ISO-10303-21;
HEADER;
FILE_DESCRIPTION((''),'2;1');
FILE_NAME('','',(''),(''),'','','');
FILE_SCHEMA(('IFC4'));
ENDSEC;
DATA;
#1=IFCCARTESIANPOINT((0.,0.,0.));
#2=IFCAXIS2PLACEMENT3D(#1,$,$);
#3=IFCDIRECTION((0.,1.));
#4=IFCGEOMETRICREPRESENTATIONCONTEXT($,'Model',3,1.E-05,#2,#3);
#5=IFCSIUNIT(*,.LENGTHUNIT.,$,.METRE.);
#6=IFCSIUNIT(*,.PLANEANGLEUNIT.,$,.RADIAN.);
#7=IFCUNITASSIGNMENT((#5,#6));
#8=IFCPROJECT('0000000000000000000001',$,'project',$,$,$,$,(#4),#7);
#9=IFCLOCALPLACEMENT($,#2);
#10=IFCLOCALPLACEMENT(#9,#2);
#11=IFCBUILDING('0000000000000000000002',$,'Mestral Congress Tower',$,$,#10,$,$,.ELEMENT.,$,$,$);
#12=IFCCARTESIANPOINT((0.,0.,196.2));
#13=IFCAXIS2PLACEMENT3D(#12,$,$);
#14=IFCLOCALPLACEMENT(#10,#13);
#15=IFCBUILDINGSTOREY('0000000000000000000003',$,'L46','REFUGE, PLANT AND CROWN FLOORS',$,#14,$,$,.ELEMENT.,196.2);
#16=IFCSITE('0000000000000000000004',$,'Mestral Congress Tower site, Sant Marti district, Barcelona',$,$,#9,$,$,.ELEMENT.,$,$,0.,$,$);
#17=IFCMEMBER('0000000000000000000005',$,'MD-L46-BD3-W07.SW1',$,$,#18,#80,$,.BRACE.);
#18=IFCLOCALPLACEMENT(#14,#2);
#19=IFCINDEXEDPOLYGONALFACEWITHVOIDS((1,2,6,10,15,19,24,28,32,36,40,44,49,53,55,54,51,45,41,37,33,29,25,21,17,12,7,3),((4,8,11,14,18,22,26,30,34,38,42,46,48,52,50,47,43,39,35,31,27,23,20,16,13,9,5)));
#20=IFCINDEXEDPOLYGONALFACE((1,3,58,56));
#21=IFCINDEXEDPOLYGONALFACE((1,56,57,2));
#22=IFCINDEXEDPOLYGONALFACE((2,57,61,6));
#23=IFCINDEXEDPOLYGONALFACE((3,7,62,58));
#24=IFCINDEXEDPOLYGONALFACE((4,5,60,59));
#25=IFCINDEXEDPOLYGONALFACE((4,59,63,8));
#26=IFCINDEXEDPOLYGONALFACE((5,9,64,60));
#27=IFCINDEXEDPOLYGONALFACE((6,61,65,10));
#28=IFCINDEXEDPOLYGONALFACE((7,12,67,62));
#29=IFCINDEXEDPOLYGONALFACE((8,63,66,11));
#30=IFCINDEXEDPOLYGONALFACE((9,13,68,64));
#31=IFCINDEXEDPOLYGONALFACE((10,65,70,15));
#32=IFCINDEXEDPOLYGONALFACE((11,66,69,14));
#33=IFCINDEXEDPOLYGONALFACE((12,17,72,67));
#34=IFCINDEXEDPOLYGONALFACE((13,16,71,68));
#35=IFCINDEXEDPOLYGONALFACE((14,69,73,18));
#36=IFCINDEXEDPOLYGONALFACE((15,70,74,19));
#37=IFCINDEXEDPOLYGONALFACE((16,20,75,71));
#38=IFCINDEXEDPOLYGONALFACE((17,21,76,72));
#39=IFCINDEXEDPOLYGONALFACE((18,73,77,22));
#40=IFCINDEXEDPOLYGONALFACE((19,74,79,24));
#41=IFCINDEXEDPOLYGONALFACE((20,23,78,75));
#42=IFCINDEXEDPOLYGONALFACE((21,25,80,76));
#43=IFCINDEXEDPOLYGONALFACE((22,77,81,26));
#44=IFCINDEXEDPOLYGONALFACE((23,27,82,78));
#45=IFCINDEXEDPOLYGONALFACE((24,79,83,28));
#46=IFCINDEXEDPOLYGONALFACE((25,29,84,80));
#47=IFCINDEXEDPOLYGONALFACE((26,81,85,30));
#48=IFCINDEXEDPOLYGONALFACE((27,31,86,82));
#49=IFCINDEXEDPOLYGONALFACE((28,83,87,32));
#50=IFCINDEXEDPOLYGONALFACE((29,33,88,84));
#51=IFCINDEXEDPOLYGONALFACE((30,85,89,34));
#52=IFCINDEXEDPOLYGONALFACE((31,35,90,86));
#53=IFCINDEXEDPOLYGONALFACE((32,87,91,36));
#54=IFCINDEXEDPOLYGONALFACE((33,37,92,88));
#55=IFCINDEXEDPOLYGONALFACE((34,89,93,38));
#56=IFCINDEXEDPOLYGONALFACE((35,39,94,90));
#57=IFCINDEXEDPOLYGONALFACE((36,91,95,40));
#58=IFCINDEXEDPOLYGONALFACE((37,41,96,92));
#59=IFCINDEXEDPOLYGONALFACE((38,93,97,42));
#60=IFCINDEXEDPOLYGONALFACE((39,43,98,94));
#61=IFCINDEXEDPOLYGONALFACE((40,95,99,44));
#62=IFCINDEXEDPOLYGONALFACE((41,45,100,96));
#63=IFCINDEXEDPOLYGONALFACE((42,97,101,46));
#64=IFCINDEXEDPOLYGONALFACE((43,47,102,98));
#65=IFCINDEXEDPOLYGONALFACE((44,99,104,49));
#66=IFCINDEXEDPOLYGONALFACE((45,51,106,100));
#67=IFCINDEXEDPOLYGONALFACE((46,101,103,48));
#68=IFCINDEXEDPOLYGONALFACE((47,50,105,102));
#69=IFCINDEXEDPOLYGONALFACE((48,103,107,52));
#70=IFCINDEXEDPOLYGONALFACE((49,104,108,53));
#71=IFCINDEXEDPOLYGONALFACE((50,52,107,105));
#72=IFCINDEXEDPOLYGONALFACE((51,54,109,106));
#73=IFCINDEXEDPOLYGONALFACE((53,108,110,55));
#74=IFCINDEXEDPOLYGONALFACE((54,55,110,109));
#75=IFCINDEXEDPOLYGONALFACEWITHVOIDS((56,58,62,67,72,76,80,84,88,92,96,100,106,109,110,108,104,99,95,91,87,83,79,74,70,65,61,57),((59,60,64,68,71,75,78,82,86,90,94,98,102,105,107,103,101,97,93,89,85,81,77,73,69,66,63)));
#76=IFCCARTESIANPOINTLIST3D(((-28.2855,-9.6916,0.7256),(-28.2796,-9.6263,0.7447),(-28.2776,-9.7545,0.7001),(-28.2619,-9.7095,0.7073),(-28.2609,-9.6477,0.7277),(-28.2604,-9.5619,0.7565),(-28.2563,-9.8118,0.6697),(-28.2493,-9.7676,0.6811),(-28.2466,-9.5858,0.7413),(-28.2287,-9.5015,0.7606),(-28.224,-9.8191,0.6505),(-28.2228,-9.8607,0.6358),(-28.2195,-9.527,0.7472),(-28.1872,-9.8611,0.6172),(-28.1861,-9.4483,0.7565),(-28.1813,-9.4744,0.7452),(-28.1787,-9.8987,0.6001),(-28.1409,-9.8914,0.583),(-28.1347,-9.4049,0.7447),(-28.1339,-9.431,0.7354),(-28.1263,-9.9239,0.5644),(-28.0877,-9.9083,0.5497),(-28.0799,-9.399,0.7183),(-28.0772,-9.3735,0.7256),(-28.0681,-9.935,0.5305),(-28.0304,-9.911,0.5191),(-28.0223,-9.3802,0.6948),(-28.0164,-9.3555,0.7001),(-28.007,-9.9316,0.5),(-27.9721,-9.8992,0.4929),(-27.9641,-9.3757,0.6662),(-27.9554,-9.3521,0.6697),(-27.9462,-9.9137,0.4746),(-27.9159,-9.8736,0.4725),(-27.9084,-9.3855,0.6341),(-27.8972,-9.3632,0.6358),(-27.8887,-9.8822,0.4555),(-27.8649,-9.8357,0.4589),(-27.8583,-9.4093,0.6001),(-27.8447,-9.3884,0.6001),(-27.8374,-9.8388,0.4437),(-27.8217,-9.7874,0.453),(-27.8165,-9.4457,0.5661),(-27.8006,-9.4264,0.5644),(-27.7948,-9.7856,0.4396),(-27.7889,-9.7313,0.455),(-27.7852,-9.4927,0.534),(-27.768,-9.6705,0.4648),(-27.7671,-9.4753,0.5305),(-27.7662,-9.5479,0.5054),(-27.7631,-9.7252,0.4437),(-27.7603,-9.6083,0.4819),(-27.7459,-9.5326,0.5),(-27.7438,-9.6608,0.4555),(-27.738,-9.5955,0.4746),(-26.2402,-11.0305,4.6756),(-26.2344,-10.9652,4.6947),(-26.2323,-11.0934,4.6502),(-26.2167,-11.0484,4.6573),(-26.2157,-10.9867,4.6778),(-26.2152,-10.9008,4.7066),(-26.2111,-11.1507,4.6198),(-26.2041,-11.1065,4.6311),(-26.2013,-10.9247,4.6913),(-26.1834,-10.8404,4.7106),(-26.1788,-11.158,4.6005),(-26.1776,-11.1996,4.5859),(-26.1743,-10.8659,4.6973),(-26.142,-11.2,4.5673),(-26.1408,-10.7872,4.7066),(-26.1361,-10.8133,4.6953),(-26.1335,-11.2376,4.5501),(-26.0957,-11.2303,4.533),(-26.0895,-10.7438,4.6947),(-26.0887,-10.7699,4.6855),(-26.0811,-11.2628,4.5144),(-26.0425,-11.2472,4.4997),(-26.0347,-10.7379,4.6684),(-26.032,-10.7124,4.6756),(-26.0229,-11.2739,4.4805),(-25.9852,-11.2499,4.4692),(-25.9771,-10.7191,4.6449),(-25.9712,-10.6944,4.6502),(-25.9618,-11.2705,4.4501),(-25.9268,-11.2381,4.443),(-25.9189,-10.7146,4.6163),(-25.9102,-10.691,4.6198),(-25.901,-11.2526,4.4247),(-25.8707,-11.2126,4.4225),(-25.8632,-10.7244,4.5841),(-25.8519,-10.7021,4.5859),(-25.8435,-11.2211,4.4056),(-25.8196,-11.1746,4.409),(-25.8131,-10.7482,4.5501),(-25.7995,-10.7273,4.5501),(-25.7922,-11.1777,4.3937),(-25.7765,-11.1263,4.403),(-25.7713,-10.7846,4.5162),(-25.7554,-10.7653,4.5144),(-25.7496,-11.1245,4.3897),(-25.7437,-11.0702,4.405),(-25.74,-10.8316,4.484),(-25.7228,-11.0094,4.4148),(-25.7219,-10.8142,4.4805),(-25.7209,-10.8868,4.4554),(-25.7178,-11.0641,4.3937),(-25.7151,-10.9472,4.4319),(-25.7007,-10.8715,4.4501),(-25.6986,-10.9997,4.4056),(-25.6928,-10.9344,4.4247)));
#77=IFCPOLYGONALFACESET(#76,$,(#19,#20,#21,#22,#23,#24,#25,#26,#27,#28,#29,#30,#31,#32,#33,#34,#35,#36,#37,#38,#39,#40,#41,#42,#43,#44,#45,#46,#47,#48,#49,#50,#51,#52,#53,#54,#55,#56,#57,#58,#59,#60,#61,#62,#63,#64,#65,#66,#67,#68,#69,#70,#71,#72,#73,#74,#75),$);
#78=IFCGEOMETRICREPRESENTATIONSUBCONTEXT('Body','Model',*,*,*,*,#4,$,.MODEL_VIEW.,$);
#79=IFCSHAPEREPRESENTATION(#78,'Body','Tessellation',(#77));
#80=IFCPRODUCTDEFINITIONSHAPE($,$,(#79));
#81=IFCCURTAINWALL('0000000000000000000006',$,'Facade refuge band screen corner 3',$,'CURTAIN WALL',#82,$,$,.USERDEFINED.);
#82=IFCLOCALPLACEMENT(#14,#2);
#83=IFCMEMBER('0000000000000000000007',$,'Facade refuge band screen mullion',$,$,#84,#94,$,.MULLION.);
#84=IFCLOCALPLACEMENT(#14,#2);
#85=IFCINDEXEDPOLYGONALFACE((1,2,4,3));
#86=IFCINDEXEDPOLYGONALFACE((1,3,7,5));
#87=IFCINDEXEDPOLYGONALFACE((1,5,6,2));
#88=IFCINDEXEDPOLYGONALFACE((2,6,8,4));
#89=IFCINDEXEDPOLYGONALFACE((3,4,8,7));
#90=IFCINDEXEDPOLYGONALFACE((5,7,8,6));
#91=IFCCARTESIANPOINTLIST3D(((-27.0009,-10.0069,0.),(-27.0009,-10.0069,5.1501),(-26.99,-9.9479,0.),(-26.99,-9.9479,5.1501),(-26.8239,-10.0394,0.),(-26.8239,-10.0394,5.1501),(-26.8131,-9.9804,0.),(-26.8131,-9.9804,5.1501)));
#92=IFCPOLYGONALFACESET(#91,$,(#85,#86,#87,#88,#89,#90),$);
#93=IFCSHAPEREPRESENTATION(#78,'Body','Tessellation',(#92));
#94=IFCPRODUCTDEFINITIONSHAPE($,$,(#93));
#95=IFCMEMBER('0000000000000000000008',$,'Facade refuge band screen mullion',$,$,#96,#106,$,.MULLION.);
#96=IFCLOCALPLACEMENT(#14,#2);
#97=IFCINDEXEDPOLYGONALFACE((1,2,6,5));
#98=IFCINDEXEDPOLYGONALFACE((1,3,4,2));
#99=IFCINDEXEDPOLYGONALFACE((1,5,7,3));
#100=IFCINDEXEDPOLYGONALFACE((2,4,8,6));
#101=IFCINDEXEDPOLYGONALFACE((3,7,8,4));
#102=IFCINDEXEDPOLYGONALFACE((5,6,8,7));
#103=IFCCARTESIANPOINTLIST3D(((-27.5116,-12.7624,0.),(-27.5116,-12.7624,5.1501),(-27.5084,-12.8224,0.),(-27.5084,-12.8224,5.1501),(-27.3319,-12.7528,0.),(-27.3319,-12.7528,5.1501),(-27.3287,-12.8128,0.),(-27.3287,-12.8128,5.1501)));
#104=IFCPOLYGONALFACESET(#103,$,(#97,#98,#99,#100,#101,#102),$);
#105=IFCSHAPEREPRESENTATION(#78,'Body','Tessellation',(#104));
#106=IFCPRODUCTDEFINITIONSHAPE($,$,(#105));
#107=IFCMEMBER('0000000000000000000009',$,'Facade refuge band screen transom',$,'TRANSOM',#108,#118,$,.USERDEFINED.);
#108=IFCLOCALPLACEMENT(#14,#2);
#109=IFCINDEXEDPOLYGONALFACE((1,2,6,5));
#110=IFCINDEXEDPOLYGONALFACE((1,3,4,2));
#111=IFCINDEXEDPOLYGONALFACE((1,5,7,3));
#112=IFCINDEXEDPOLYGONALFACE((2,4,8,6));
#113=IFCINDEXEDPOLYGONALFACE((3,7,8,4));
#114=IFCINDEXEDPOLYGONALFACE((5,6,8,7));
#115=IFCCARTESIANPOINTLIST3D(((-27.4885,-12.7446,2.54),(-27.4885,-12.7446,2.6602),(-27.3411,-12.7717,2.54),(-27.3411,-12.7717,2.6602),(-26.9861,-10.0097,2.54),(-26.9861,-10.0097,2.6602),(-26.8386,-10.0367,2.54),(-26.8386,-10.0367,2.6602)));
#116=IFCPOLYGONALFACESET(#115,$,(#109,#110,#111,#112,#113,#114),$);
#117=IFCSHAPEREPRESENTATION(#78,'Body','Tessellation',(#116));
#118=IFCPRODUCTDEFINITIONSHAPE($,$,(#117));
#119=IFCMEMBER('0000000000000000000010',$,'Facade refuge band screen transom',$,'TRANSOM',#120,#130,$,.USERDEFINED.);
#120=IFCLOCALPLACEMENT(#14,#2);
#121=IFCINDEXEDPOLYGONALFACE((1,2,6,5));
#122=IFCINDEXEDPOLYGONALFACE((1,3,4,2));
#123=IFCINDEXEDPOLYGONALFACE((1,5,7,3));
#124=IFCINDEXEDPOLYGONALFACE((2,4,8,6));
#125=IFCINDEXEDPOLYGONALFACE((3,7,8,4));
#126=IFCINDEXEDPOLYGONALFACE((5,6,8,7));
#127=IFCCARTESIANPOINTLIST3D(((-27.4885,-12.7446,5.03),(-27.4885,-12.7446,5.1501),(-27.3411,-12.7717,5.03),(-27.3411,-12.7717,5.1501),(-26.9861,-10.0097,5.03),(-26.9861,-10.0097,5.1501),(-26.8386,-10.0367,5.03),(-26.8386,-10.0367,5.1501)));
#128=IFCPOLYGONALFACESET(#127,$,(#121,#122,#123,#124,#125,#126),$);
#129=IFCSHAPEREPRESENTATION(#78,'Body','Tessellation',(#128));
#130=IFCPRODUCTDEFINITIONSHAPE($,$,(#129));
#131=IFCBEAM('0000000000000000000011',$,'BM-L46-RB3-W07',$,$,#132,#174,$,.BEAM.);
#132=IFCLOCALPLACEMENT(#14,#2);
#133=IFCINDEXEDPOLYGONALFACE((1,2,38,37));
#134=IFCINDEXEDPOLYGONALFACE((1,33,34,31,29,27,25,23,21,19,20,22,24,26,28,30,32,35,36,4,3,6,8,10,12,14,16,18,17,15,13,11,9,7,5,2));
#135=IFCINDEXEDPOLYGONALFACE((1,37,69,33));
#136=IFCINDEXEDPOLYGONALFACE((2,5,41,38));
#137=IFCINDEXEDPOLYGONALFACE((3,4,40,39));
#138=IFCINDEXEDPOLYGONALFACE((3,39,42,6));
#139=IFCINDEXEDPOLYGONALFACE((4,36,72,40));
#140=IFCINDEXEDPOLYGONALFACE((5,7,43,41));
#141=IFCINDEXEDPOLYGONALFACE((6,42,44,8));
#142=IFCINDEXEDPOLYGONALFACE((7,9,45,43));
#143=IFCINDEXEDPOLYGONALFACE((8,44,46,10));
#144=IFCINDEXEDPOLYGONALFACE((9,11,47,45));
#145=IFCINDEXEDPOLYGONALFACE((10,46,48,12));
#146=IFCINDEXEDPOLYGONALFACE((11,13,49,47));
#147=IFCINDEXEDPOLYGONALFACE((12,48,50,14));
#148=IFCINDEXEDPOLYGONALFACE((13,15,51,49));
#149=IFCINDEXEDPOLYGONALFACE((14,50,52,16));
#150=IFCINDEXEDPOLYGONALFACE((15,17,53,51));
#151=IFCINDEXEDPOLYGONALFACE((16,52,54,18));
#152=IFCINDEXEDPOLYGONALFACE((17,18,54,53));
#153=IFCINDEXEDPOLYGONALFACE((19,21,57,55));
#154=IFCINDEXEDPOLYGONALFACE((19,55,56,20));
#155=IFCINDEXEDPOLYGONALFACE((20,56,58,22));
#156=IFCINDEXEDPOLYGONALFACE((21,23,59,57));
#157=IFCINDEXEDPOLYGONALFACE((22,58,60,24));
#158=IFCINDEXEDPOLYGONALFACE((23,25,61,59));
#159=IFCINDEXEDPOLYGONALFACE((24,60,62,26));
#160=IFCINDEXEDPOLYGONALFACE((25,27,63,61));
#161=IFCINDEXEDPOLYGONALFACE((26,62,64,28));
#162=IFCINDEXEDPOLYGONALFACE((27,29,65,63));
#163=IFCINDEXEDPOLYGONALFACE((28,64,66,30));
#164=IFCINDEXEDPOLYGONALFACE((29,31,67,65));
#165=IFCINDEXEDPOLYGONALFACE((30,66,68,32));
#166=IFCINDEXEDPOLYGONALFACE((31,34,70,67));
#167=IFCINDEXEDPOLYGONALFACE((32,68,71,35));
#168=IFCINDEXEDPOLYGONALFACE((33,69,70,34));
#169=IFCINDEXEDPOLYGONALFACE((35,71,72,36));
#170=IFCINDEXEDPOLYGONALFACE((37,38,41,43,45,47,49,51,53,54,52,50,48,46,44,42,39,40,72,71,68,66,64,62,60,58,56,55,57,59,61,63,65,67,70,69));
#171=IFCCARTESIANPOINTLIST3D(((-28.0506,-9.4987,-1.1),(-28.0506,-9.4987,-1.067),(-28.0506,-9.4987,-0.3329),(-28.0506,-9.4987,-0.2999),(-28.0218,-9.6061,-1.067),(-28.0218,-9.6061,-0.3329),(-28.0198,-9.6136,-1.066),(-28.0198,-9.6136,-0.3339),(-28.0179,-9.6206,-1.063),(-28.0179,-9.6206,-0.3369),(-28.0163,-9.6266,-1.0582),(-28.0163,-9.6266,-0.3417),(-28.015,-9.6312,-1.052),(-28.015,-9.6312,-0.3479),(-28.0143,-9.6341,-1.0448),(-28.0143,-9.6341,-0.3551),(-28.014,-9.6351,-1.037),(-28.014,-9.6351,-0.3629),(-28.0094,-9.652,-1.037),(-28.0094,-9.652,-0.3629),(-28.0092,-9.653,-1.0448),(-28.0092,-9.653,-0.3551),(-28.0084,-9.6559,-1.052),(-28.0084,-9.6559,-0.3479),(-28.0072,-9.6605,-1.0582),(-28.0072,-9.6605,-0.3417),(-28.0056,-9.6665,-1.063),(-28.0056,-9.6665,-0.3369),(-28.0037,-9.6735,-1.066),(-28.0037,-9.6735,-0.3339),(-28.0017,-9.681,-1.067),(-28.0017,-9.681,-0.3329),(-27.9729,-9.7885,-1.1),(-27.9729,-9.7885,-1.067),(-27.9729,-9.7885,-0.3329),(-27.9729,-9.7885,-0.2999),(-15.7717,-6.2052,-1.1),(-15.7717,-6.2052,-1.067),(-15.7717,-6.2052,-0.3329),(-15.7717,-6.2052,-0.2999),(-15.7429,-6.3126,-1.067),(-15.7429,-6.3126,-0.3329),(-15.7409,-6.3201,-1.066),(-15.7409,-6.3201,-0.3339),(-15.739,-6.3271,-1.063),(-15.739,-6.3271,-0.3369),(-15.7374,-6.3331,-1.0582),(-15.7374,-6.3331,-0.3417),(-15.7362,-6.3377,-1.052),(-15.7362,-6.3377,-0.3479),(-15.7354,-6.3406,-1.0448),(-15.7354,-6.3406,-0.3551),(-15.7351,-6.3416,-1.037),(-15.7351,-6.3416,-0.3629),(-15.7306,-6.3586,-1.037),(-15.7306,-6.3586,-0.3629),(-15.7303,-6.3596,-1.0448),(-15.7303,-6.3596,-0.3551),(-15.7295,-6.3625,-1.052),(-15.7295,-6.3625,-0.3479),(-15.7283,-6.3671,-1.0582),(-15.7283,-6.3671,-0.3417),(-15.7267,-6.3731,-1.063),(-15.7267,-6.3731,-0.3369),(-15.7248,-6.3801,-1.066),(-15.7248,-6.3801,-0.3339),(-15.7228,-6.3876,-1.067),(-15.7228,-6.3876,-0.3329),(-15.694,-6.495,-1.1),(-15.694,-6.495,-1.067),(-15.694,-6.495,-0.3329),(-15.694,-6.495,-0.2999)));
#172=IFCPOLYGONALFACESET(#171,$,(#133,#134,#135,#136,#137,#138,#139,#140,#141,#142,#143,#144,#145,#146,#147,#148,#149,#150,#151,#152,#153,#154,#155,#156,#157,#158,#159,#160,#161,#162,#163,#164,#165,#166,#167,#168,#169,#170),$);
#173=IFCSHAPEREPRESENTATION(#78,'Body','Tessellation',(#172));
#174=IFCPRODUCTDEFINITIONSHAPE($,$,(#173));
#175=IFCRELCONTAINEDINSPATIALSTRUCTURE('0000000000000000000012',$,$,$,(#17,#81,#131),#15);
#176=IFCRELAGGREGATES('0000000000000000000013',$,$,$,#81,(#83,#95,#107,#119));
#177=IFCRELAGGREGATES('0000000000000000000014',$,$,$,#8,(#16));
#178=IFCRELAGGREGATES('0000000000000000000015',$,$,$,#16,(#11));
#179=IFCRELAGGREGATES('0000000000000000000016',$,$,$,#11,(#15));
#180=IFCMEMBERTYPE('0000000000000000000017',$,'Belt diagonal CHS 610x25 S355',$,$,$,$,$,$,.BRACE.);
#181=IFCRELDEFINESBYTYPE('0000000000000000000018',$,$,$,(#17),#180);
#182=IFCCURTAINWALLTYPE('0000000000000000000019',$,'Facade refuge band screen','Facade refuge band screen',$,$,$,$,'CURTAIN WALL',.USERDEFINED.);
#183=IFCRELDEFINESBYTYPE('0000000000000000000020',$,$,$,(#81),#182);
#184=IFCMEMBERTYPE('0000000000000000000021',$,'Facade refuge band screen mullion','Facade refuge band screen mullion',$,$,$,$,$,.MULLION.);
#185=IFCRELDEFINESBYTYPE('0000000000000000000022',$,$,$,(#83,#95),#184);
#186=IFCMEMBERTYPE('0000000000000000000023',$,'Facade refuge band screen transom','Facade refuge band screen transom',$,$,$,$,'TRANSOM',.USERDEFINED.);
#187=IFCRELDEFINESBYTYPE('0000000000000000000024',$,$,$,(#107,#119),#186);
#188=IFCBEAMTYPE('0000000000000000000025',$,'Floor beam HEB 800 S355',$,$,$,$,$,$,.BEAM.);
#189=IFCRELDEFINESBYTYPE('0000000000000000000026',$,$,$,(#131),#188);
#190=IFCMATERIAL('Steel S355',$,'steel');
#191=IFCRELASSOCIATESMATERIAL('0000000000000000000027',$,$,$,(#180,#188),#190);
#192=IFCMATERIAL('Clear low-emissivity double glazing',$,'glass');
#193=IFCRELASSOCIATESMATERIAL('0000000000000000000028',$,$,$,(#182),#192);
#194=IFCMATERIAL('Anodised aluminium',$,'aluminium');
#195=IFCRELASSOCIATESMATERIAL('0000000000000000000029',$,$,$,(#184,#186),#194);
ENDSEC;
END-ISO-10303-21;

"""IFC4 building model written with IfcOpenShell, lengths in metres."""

from ifc_helpers import new_model, si_unit, direction, frame, origin, origin_2d, place, context, subcontext, project, spatial, rectangle, hollow_circle, i_section, extrude, material, material_profile, profile_set, type_object, element, aggregate, save


model = new_model("IFC4")

# Units and contexts
model_context = context("Model", 3, precision=1e-05, world=origin(), true_north=direction((0.0, 1.0)))
body_context = subcontext(model_context, "Body", "Model", "MODEL_VIEW")
ifc_project = project(units=[si_unit("LENGTHUNIT", "METRE"), si_unit("PLANEANGLEUNIT", "RADIAN")], contexts=[model_context])

# Site, building, storey
site_placement = place(None, origin())
site = spatial("IfcSite", under=ifc_project, at=site_placement, Name="Mestral Congress Tower site, Sant Marti district, Barcelona", CompositionType="ELEMENT", RefElevation=0.0)
building_placement = place(site_placement, origin())
building = spatial("IfcBuilding", under=site, at=building_placement, Name="Mestral Congress Tower", CompositionType="ELEMENT")
storey_placement = place(building_placement, frame((0.0, 0.0, 196.2)))
storey = spatial("IfcBuildingStorey", under=building, at=storey_placement, Name="L46", Description="REFUGE, PLANT AND CROWN FLOORS", CompositionType="ELEMENT", Elevation=196.2)

# Member
ifc_material_1 = material(Name="Steel S355", Category="steel")
ifc_material_profile_1 = material_profile(ifc_material_1, hollow_circle(Radius=0.3049, WallThickness=0.0249, at=origin_2d()), Name="CHS 610x25")
ifc_profile_set_1 = profile_set([ifc_material_profile_1], Name="Steel S355")
member_type_1 = type_object("IfcMemberType", Name="Belt diagonal CHS 610x25 S355", PredefinedType="BRACE", material=ifc_profile_set_1)
member_1_placement = place(storey_placement, frame((-28.0117, -9.6436, 0.6001), z_axis=(0.44028, -0.288229, 0.850339), x_axis=(0.54772, 0.836662, 0.0)))
element("IfcMember", 1, at=member_1_placement, inside=storey, type_object=member_type_1, Name="MD-L46-BD3-W07.SW1", PredefinedType="BRACE", context=body_context, shape_type="SweptSolid", body=[
    extrude(hollow_circle(Radius=0.3049, WallThickness=0.0249, at=origin_2d()), origin(), (0.0, 0.0, 1.0), 4.6453),
])

# Curtain wall, members
ifc_material_2 = material(Name="Clear low-emissivity double glazing", Category="glass")
curtain_wall_type = type_object("IfcCurtainWallType", Name="Facade refuge band screen", Description="Facade refuge band screen", ElementType="CURTAIN WALL", PredefinedType="USERDEFINED", material=ifc_material_2)
placement = place(storey_placement, origin())
curtain_wall_1 = element("IfcCurtainWall", 2, at=placement, inside=storey, type_object=curtain_wall_type, Name="Facade refuge band screen corner 3", ObjectType="CURTAIN WALL", PredefinedType="USERDEFINED")
ifc_material_3 = material(Name="Anodised aluminium", Category="aluminium")
ifc_material_profile_2 = material_profile(ifc_material_3, rectangle(XDim=0.1799, YDim=0.0601, at=origin_2d()), Name="CW3 mullion 180 x 60")
ifc_profile_set_2 = profile_set([ifc_material_profile_2], Name="Anodised aluminium")
member_type_2 = type_object("IfcMemberType", Name="Facade refuge band screen mullion", Description="Facade refuge band screen mullion", PredefinedType="MULLION", material=ifc_profile_set_2)
member_2_placement = place(storey_placement, frame((-26.907, -9.9937, 0.0), z_axis=(0.0, 0.0, 1.0), x_axis=(-0.983543, 0.180675, 0.0)))
member_2 = element("IfcMember", 3, at=member_2_placement, type_object=member_type_2, Name="Facade refuge band screen mullion", PredefinedType="MULLION", context=body_context, shape_type="SweptSolid", body=[
    extrude(rectangle(XDim=0.1799, YDim=0.0601, at=origin_2d()), origin(), (0.0, 0.0, 1.0), 5.1501),
])
member_3_placement = place(storey_placement, frame((-27.4202, -12.7876, 0.0), z_axis=(0.0, 0.0, 1.0), x_axis=(-0.998574, -0.053392, 0.0)))
member_3 = element("IfcMember", 4, at=member_3_placement, type_object=member_type_2, Name="Facade refuge band screen mullion", PredefinedType="MULLION", context=body_context, shape_type="SweptSolid", body=[
    extrude(rectangle(XDim=0.1799, YDim=0.0601, at=origin_2d()), origin(), (0.0, 0.0, 1.0), 5.1501),
])
ifc_material_profile_3 = material_profile(ifc_material_3, rectangle(XDim=0.1499, YDim=0.1201, at=origin_2d()), Name="CW3 transom 150 x 120")
ifc_profile_set_3 = profile_set([ifc_material_profile_3], Name="Anodised aluminium")
member_type_3 = type_object("IfcMemberType", Name="Facade refuge band screen transom", Description="Facade refuge band screen transom", ElementType="TRANSOM", PredefinedType="USERDEFINED", material=ifc_profile_set_3)
member_4_placement = place(storey_placement, frame((-26.9124, -10.0232, 2.6001), z_axis=(-0.180678, -0.983542, 0.0), x_axis=(0.983542, -0.180678, 0.0)))
member_4 = element("IfcMember", 5, at=member_4_placement, type_object=member_type_3, Name="Facade refuge band screen transom", ObjectType="TRANSOM", PredefinedType="USERDEFINED", context=body_context, shape_type="SweptSolid", body=[
    extrude(rectangle(XDim=0.1499, YDim=0.1201, at=origin_2d()), origin(), (0.0, 0.0, 1.0), 2.7808),
])
member_5_placement = place(storey_placement, frame((-26.9124, -10.0232, 5.0901), z_axis=(-0.180678, -0.983542, 0.0), x_axis=(0.983542, -0.180678, 0.0)))
member_5 = element("IfcMember", 6, at=member_5_placement, type_object=member_type_3, Name="Facade refuge band screen transom", ObjectType="TRANSOM", PredefinedType="USERDEFINED", context=body_context, shape_type="SweptSolid", body=[
    extrude(rectangle(XDim=0.1499, YDim=0.1201, at=origin_2d()), origin(), (0.0, 0.0, 1.0), 2.7808),
])

# Beam
ifc_material_profile_4 = material_profile(ifc_material_1, i_section(OverallWidth=0.3, OverallDepth=0.8, WebThickness=0.0176, FlangeThickness=0.033, FilletRadius=0.03, at=origin_2d()), Name="HEB 800")
ifc_profile_set_4 = profile_set([ifc_material_profile_4], Name="Steel S355")
beam_type_1 = type_object("IfcBeamType", Name="Floor beam HEB 800 S355", PredefinedType="BEAM", material=ifc_profile_set_4)
beam_1_placement = place(storey_placement, frame((-28.0117, -9.6436, -0.7), z_axis=(0.96586, 0.259066, 0.0), x_axis=(-0.259066, 0.96586, 0.0)))
element("IfcBeam", 7, at=beam_1_placement, inside=storey, type_object=beam_type_1, Name="BM-L46-RB3-W07", PredefinedType="BEAM", context=body_context, shape_type="SweptSolid", body=[
    extrude(i_section(OverallWidth=0.3, OverallDepth=0.8, WebThickness=0.0176, FlangeThickness=0.033, FilletRadius=0.03, at=origin_2d()), origin(), (0.0, 0.0, 1.0), 12.7129),
])

aggregate(curtain_wall_1, [member_2, member_3, member_4, member_5])

save(model, "model.ifc")
